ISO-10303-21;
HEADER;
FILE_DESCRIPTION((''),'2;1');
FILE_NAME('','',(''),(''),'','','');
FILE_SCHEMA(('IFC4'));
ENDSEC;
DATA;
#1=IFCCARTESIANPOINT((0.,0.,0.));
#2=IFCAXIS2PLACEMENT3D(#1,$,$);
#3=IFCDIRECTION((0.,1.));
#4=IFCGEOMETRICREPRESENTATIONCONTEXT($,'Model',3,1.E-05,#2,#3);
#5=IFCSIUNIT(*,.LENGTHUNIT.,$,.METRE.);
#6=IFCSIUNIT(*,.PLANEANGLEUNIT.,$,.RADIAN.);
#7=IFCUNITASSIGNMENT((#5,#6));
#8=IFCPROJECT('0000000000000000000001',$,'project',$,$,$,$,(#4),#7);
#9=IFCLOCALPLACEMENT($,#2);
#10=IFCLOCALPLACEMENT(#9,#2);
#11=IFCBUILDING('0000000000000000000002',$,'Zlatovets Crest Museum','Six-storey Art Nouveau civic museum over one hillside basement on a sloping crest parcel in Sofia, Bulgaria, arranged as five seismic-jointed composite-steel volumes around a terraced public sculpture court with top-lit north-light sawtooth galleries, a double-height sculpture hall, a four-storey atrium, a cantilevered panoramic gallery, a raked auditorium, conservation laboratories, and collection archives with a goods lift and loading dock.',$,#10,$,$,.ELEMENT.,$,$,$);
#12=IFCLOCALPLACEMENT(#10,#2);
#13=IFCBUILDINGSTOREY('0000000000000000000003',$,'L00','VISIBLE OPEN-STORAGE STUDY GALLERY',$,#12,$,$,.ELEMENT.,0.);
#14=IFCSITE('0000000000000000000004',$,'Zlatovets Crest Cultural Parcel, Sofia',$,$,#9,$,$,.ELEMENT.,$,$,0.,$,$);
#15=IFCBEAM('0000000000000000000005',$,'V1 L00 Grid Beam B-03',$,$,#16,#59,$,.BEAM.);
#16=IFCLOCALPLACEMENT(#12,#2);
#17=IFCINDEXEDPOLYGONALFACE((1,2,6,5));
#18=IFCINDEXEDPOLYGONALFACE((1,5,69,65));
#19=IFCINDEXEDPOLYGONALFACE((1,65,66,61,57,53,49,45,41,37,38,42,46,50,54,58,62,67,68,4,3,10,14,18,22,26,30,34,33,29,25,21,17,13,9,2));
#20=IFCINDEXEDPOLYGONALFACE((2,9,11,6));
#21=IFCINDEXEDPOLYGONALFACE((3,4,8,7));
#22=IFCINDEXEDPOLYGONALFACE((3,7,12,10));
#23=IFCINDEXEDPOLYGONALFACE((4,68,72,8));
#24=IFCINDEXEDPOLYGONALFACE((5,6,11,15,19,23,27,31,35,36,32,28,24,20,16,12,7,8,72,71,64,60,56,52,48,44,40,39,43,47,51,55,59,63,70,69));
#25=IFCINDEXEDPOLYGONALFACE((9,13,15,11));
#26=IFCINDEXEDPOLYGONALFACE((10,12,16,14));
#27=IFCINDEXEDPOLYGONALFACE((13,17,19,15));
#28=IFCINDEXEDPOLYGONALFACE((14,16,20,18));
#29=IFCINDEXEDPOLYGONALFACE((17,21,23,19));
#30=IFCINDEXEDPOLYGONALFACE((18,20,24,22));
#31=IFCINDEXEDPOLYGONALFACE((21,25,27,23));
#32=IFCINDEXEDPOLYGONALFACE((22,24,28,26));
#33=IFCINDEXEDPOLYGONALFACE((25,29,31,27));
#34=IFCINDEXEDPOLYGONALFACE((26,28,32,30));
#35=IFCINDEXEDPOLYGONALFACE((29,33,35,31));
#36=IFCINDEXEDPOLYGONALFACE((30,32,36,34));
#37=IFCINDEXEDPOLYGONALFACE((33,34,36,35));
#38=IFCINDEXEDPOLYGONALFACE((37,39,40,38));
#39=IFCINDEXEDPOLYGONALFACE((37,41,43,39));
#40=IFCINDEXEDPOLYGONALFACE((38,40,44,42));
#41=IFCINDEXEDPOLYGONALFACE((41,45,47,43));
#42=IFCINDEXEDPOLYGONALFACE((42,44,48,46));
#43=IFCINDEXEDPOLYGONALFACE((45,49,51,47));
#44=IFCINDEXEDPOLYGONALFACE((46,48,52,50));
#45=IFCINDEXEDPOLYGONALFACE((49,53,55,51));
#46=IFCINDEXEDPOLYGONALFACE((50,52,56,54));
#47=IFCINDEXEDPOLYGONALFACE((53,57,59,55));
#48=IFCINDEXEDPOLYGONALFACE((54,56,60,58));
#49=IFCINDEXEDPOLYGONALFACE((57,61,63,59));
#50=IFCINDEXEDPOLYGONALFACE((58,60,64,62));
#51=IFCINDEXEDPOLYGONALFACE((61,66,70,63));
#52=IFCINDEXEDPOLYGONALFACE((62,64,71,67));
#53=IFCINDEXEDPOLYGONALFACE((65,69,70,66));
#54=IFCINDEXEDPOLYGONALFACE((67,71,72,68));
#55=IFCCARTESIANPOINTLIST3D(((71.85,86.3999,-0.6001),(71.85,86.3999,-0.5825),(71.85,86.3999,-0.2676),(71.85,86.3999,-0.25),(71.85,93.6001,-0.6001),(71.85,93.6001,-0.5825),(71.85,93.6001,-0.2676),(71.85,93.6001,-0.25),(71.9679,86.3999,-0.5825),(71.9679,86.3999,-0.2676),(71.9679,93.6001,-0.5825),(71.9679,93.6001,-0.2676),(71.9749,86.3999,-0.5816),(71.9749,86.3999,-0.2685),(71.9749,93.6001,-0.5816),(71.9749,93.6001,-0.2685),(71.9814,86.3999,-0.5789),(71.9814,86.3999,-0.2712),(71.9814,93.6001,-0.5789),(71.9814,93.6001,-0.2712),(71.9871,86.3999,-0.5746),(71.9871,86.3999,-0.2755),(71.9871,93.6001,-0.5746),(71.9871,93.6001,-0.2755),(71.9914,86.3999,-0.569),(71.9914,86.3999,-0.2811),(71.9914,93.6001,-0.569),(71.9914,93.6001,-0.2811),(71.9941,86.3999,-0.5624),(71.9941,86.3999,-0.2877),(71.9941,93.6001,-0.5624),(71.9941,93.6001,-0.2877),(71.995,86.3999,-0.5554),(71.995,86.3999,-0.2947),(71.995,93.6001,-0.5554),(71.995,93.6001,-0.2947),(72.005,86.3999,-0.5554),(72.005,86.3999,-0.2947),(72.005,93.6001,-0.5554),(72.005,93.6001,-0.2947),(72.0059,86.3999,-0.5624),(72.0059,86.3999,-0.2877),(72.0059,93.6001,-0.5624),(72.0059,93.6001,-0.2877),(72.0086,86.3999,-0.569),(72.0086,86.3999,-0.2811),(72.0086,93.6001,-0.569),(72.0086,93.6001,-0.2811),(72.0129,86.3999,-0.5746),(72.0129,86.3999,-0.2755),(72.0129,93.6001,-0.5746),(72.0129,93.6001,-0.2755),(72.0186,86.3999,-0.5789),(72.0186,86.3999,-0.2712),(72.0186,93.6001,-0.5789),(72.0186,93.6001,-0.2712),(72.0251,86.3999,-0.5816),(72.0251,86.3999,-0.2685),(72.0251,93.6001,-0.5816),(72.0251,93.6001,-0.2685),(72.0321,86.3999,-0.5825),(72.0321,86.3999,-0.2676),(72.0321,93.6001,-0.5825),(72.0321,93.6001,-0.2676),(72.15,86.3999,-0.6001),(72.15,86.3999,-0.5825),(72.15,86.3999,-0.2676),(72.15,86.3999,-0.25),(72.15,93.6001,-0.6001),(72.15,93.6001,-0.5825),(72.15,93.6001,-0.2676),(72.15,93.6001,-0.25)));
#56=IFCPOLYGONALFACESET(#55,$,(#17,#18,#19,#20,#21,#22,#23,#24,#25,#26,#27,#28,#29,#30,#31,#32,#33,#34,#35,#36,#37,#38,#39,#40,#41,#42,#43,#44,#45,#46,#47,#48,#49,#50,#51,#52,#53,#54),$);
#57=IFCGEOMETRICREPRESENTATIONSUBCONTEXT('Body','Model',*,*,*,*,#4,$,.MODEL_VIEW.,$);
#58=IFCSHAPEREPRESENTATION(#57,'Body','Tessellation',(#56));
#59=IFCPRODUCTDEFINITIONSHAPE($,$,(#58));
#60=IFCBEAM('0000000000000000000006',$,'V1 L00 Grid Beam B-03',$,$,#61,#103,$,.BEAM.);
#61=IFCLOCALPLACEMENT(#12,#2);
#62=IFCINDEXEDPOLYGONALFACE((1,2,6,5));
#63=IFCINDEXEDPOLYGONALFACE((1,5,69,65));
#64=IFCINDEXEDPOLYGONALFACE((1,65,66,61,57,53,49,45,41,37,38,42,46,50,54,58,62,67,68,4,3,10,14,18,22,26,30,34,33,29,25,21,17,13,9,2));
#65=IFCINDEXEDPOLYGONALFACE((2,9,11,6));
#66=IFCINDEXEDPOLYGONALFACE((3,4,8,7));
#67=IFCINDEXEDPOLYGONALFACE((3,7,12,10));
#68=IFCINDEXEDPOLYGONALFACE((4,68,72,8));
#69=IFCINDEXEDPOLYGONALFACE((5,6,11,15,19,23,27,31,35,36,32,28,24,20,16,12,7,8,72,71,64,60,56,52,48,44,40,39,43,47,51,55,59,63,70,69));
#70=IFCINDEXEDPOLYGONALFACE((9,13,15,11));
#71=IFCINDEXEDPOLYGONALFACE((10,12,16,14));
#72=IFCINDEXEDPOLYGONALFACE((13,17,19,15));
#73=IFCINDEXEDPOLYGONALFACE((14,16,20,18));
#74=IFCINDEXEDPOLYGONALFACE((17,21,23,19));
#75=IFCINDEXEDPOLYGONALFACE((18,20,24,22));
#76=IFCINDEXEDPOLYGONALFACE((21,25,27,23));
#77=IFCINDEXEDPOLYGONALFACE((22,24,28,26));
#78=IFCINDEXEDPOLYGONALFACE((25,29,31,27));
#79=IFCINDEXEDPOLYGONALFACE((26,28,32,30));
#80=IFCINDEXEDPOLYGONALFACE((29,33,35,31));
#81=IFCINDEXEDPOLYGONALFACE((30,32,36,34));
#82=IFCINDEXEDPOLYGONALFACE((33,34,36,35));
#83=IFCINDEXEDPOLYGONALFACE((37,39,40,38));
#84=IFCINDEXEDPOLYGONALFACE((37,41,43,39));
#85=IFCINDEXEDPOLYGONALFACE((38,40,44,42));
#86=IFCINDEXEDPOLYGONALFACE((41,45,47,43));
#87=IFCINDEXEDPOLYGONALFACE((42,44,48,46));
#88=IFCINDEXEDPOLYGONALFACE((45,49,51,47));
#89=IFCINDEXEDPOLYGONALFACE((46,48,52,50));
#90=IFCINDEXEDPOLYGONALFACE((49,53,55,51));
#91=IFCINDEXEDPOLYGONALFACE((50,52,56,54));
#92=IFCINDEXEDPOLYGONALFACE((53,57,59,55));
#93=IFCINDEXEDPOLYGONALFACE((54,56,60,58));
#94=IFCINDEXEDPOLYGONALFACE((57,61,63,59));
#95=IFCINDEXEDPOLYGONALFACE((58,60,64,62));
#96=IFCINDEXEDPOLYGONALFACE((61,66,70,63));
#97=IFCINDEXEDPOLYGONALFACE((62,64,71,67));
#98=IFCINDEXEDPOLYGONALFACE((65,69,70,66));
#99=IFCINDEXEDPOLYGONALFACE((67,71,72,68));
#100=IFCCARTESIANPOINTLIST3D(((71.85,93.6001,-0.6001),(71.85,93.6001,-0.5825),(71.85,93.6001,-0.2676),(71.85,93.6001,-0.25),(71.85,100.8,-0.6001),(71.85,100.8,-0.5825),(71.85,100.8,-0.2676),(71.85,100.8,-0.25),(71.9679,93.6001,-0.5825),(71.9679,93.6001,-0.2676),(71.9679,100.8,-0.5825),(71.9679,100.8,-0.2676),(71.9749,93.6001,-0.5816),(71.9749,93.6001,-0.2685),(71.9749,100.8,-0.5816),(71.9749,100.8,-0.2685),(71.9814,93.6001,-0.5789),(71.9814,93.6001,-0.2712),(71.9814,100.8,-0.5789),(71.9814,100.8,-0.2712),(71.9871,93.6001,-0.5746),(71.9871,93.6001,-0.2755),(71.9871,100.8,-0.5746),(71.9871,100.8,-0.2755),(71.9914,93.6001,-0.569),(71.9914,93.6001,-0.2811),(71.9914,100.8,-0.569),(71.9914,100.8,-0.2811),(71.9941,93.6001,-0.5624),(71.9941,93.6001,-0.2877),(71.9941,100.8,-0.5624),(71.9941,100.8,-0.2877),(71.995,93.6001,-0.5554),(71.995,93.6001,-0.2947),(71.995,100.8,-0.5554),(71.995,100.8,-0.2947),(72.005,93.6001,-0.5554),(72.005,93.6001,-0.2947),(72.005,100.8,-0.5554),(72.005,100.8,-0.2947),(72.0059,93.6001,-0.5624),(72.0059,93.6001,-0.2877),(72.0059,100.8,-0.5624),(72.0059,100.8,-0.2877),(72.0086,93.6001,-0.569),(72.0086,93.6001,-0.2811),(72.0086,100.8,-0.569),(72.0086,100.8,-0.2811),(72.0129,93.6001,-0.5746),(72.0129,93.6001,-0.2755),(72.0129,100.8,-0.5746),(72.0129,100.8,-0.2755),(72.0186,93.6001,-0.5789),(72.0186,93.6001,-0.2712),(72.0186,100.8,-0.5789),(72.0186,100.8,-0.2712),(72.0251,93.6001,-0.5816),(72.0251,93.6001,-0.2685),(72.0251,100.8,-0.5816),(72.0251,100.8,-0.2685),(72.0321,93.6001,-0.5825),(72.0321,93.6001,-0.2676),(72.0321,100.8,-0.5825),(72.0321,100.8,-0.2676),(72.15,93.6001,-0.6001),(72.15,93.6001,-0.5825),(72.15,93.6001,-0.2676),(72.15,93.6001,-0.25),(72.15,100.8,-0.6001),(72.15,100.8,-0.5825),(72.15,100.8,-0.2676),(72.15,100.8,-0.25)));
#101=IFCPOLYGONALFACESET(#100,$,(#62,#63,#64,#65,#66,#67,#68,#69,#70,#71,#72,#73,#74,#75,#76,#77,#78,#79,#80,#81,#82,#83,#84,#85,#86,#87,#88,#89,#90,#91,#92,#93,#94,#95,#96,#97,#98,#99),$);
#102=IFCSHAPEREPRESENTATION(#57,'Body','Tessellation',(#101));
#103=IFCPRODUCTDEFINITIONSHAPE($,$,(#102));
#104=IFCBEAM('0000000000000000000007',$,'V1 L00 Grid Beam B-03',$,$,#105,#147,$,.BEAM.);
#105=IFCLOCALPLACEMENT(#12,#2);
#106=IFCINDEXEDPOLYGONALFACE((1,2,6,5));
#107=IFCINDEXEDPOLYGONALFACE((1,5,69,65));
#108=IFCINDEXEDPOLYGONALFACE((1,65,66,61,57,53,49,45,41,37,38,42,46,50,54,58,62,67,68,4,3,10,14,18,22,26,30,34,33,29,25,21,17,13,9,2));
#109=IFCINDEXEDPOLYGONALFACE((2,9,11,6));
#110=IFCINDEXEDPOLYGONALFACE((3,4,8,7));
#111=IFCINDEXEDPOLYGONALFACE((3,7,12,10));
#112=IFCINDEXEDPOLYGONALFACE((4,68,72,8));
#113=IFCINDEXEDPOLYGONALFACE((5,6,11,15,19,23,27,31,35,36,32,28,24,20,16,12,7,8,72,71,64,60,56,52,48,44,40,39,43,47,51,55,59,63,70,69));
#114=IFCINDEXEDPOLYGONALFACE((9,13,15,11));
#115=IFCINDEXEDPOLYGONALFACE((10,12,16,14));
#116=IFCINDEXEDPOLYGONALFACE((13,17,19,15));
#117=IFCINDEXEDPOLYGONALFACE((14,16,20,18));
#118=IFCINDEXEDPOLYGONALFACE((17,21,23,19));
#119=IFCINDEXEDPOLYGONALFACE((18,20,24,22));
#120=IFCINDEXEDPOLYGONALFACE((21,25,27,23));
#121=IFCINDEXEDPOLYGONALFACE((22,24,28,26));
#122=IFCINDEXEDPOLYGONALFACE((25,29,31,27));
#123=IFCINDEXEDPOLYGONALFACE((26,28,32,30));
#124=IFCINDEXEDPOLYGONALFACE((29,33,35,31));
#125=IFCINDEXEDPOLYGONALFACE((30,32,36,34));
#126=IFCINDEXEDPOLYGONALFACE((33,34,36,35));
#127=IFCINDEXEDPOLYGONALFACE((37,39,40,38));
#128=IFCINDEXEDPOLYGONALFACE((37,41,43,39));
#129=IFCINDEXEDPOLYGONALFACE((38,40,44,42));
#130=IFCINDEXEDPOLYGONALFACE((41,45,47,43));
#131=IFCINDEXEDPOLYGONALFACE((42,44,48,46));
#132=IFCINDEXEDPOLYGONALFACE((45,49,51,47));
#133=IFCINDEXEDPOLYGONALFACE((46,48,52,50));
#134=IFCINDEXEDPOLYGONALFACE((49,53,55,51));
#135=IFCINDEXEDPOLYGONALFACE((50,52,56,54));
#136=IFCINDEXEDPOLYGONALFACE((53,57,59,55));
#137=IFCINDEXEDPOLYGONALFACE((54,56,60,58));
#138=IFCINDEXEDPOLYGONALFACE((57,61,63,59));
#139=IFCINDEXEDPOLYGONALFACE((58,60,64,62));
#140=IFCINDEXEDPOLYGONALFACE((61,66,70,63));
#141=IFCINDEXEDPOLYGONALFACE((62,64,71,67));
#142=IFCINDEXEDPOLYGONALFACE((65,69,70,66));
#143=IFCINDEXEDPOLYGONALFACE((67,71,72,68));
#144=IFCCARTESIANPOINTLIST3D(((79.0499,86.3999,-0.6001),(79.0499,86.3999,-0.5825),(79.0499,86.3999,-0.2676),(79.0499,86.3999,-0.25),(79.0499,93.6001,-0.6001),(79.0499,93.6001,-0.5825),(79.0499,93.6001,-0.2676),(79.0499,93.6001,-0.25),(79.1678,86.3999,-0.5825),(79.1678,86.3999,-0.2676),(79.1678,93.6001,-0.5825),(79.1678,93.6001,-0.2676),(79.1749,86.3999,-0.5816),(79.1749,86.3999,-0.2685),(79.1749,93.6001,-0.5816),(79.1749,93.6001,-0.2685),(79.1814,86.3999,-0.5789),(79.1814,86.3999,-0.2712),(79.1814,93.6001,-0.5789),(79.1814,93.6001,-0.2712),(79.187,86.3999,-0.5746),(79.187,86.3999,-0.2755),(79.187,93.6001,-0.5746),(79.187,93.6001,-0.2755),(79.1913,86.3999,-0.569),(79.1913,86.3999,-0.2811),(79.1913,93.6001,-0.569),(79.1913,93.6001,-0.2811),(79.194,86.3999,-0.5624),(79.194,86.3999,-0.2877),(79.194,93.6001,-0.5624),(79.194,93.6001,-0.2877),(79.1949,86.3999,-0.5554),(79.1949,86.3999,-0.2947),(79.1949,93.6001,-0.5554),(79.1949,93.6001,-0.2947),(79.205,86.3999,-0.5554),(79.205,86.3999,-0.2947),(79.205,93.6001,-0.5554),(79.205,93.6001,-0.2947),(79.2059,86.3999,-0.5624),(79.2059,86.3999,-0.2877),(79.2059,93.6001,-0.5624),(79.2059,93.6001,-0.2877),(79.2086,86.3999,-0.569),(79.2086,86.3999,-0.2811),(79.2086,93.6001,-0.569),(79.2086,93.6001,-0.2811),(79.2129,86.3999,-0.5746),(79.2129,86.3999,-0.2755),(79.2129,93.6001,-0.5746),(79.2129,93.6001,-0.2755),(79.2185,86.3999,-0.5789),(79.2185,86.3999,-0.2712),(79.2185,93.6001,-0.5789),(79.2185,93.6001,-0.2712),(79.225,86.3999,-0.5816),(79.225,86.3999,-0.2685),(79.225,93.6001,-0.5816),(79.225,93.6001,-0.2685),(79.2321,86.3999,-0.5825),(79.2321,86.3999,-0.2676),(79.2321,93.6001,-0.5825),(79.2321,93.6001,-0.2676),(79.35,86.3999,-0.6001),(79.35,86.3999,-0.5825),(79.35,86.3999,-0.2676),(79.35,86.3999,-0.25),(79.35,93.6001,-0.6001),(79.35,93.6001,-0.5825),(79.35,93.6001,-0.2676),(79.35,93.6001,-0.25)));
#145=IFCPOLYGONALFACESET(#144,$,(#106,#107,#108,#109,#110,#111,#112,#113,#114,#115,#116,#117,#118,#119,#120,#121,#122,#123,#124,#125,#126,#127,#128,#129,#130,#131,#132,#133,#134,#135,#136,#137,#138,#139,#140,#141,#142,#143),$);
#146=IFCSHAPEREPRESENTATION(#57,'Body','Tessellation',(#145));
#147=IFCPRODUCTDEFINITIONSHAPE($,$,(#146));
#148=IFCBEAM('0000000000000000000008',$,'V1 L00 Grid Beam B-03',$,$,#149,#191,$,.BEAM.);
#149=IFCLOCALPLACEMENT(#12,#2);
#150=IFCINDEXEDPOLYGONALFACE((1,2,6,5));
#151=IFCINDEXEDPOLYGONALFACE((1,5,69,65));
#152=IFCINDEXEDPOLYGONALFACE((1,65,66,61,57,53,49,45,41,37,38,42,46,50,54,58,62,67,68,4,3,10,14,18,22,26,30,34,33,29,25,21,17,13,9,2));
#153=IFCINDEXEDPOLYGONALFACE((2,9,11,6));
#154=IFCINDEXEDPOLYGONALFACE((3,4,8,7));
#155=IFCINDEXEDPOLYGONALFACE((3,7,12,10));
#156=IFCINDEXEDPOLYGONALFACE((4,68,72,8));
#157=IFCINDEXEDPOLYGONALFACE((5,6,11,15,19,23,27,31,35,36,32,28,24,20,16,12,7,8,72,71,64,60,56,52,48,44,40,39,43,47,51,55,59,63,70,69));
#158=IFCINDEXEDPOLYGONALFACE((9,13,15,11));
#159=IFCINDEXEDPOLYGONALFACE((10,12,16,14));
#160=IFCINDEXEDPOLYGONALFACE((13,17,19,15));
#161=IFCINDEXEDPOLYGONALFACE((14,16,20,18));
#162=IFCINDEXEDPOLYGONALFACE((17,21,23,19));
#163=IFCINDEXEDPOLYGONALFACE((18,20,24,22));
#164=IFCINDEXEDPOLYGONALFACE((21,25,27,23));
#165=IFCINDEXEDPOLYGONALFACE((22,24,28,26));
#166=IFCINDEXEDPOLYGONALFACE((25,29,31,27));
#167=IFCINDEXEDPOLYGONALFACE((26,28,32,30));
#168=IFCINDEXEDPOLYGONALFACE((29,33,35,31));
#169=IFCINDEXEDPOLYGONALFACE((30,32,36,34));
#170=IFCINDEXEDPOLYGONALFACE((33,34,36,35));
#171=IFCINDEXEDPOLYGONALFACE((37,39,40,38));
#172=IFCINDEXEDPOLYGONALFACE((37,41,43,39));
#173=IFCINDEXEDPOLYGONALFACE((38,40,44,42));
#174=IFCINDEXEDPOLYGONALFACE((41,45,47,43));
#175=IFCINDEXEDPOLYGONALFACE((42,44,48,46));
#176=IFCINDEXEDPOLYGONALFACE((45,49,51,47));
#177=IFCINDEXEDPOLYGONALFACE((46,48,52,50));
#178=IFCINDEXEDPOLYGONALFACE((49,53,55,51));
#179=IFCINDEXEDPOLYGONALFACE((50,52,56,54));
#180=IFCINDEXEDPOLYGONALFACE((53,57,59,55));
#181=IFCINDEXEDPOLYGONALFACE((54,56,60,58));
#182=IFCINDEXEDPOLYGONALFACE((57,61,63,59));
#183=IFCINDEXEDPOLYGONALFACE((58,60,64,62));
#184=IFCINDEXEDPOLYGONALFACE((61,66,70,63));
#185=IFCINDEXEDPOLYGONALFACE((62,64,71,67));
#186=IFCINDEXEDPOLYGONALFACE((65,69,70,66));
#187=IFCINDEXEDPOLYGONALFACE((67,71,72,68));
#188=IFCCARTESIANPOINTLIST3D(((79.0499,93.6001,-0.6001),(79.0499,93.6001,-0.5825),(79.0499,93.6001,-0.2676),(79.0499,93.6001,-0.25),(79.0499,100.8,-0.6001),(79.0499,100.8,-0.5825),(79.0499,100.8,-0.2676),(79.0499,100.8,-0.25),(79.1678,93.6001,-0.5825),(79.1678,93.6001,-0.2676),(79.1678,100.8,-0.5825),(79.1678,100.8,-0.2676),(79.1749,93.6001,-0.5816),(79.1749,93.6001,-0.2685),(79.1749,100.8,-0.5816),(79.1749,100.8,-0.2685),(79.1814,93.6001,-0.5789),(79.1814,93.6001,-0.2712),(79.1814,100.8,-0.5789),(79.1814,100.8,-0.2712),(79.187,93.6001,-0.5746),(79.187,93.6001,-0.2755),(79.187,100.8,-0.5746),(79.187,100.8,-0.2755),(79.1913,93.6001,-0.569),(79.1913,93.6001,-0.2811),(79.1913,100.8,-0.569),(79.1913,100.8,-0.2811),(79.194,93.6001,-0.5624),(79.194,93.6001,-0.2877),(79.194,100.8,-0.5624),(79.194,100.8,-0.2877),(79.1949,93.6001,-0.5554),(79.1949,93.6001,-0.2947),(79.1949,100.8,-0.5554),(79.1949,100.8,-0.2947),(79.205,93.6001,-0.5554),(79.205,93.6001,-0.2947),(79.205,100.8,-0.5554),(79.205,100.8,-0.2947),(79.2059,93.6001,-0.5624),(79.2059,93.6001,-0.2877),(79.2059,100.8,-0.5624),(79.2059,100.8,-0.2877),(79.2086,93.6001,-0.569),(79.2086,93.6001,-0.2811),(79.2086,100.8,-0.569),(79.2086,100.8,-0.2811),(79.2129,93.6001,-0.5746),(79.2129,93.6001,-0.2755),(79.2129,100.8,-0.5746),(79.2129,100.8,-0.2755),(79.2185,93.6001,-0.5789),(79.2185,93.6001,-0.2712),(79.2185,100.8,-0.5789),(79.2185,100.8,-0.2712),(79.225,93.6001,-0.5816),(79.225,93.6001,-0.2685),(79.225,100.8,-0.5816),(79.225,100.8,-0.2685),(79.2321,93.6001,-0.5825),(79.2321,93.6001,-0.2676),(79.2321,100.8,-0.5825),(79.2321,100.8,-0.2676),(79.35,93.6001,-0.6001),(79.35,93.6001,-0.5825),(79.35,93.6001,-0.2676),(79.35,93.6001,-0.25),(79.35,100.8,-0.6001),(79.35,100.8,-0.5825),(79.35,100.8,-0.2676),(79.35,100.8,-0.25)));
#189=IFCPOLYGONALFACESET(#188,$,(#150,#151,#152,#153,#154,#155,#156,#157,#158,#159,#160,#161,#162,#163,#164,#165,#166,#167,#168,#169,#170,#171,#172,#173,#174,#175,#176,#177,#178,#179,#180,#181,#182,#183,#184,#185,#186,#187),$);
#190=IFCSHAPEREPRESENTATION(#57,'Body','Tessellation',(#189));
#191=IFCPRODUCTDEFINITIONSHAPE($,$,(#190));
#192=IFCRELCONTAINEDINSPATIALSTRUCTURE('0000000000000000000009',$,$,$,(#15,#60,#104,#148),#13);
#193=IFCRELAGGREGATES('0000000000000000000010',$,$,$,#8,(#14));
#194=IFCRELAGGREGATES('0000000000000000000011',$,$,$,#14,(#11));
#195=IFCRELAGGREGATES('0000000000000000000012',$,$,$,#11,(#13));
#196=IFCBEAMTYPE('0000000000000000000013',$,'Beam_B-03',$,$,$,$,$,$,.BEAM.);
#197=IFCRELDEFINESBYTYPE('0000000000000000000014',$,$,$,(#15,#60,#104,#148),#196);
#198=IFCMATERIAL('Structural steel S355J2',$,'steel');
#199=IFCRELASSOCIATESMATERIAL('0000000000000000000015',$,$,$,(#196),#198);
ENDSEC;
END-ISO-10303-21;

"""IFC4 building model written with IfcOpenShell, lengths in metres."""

from ifc_helpers import new_model, si_unit, direction, frame, origin, origin_2d, place, context, subcontext, project, spatial, i_section, extrude, material, material_profile, profile_set, type_object, element, save


model = new_model("IFC4")

# Units and contexts
model_context = context("Model", 3, precision=1e-05, world=origin(), true_north=direction((0.0, 1.0)))
body_context = subcontext(model_context, "Body", "Model", "MODEL_VIEW")
ifc_project = project(units=[si_unit("LENGTHUNIT", "METRE"), si_unit("PLANEANGLEUNIT", "RADIAN")], contexts=[model_context])

# Site, building, storey
site_placement = place(None, origin())
site = spatial("IfcSite", under=ifc_project, at=site_placement, Name="Zlatovets Crest Cultural Parcel, Sofia", CompositionType="ELEMENT", RefElevation=0.0)
building_placement = place(site_placement, origin())
building = spatial("IfcBuilding", under=site, at=building_placement, Name="Zlatovets Crest Museum", Description="Six-storey Art Nouveau civic museum over one hillside basement on a sloping crest parcel in Sofia, Bulgaria, arranged as five seismic-jointed composite-steel volumes around a terraced public sculpture court with top-lit north-light sawtooth galleries, a double-height sculpture hall, a four-storey atrium, a cantilevered panoramic gallery, a raked auditorium, conservation laboratories, and collection archives with a goods lift and loading dock.", CompositionType="ELEMENT")
storey_placement = place(building_placement, origin())
storey = spatial("IfcBuildingStorey", under=building, at=storey_placement, Name="L00", Description="VISIBLE OPEN-STORAGE STUDY GALLERY", CompositionType="ELEMENT", Elevation=0.0)

# Shared definitions
ifc_material_1 = material(Name="Structural steel S355J2", Category="steel")

# Beams
ifc_material_profile_1 = material_profile(ifc_material_1, i_section(OverallWidth=0.3, OverallDepth=0.3501, WebThickness=0.01, FlangeThickness=0.0176, FilletRadius=0.0271, at=origin_2d()), Name="HEA 360")
ifc_profile_set_1 = profile_set([ifc_material_profile_1], Name="Structural steel S355J2")
beam_type_1 = type_object("IfcBeamType", Name="Beam_B-03", PredefinedType="BEAM", material=ifc_profile_set_1)
beam_1_placement = place(storey_placement, frame((72.0, 86.3999, -0.425), z_axis=(0.0, 1.0, 0.0), x_axis=(-1.0, 0.0, 0.0)))
element("IfcBeam", 1, at=beam_1_placement, inside=storey, type_object=beam_type_1, Name="V1 L00 Grid Beam B-03", PredefinedType="BEAM", context=body_context, shape_type="SweptSolid", body=[
    extrude(i_section(OverallWidth=0.3, OverallDepth=0.3501, WebThickness=0.01, FlangeThickness=0.0176, FilletRadius=0.0271, at=origin_2d()), origin(), (0.0, 0.0, 1.0), 7.2002),
])
beam_2_placement = place(storey_placement, frame((72.0, 93.6001, -0.425), z_axis=(0.0, 1.0, 0.0), x_axis=(-1.0, 0.0, 0.0)))
element("IfcBeam", 2, at=beam_2_placement, inside=storey, type_object=beam_type_1, Name="V1 L00 Grid Beam B-03", PredefinedType="BEAM", context=body_context, shape_type="SweptSolid", body=[
    extrude(i_section(OverallWidth=0.3, OverallDepth=0.3501, WebThickness=0.01, FlangeThickness=0.0176, FilletRadius=0.0271, at=origin_2d()), origin(), (0.0, 0.0, 1.0), 7.2),
])
beam_3_placement = place(storey_placement, frame((79.2, 86.3999, -0.425), z_axis=(0.0, 1.0, 0.0), x_axis=(-1.0, 0.0, 0.0)))
element("IfcBeam", 3, at=beam_3_placement, inside=storey, type_object=beam_type_1, Name="V1 L00 Grid Beam B-03", PredefinedType="BEAM", context=body_context, shape_type="SweptSolid", body=[
    extrude(i_section(OverallWidth=0.3, OverallDepth=0.3501, WebThickness=0.01, FlangeThickness=0.0176, FilletRadius=0.0271, at=origin_2d()), origin(), (0.0, 0.0, 1.0), 7.2002),
])
beam_4_placement = place(storey_placement, frame((79.2, 93.6001, -0.425), z_axis=(0.0, 1.0, 0.0), x_axis=(-1.0, 0.0, 0.0)))
element("IfcBeam", 4, at=beam_4_placement, inside=storey, type_object=beam_type_1, Name="V1 L00 Grid Beam B-03", PredefinedType="BEAM", context=body_context, shape_type="SweptSolid", body=[
    extrude(i_section(OverallWidth=0.3, OverallDepth=0.3501, WebThickness=0.01, FlangeThickness=0.0176, FilletRadius=0.0271, at=origin_2d()), origin(), (0.0, 0.0, 1.0), 7.2),
])

save(model, "model.ifc")
